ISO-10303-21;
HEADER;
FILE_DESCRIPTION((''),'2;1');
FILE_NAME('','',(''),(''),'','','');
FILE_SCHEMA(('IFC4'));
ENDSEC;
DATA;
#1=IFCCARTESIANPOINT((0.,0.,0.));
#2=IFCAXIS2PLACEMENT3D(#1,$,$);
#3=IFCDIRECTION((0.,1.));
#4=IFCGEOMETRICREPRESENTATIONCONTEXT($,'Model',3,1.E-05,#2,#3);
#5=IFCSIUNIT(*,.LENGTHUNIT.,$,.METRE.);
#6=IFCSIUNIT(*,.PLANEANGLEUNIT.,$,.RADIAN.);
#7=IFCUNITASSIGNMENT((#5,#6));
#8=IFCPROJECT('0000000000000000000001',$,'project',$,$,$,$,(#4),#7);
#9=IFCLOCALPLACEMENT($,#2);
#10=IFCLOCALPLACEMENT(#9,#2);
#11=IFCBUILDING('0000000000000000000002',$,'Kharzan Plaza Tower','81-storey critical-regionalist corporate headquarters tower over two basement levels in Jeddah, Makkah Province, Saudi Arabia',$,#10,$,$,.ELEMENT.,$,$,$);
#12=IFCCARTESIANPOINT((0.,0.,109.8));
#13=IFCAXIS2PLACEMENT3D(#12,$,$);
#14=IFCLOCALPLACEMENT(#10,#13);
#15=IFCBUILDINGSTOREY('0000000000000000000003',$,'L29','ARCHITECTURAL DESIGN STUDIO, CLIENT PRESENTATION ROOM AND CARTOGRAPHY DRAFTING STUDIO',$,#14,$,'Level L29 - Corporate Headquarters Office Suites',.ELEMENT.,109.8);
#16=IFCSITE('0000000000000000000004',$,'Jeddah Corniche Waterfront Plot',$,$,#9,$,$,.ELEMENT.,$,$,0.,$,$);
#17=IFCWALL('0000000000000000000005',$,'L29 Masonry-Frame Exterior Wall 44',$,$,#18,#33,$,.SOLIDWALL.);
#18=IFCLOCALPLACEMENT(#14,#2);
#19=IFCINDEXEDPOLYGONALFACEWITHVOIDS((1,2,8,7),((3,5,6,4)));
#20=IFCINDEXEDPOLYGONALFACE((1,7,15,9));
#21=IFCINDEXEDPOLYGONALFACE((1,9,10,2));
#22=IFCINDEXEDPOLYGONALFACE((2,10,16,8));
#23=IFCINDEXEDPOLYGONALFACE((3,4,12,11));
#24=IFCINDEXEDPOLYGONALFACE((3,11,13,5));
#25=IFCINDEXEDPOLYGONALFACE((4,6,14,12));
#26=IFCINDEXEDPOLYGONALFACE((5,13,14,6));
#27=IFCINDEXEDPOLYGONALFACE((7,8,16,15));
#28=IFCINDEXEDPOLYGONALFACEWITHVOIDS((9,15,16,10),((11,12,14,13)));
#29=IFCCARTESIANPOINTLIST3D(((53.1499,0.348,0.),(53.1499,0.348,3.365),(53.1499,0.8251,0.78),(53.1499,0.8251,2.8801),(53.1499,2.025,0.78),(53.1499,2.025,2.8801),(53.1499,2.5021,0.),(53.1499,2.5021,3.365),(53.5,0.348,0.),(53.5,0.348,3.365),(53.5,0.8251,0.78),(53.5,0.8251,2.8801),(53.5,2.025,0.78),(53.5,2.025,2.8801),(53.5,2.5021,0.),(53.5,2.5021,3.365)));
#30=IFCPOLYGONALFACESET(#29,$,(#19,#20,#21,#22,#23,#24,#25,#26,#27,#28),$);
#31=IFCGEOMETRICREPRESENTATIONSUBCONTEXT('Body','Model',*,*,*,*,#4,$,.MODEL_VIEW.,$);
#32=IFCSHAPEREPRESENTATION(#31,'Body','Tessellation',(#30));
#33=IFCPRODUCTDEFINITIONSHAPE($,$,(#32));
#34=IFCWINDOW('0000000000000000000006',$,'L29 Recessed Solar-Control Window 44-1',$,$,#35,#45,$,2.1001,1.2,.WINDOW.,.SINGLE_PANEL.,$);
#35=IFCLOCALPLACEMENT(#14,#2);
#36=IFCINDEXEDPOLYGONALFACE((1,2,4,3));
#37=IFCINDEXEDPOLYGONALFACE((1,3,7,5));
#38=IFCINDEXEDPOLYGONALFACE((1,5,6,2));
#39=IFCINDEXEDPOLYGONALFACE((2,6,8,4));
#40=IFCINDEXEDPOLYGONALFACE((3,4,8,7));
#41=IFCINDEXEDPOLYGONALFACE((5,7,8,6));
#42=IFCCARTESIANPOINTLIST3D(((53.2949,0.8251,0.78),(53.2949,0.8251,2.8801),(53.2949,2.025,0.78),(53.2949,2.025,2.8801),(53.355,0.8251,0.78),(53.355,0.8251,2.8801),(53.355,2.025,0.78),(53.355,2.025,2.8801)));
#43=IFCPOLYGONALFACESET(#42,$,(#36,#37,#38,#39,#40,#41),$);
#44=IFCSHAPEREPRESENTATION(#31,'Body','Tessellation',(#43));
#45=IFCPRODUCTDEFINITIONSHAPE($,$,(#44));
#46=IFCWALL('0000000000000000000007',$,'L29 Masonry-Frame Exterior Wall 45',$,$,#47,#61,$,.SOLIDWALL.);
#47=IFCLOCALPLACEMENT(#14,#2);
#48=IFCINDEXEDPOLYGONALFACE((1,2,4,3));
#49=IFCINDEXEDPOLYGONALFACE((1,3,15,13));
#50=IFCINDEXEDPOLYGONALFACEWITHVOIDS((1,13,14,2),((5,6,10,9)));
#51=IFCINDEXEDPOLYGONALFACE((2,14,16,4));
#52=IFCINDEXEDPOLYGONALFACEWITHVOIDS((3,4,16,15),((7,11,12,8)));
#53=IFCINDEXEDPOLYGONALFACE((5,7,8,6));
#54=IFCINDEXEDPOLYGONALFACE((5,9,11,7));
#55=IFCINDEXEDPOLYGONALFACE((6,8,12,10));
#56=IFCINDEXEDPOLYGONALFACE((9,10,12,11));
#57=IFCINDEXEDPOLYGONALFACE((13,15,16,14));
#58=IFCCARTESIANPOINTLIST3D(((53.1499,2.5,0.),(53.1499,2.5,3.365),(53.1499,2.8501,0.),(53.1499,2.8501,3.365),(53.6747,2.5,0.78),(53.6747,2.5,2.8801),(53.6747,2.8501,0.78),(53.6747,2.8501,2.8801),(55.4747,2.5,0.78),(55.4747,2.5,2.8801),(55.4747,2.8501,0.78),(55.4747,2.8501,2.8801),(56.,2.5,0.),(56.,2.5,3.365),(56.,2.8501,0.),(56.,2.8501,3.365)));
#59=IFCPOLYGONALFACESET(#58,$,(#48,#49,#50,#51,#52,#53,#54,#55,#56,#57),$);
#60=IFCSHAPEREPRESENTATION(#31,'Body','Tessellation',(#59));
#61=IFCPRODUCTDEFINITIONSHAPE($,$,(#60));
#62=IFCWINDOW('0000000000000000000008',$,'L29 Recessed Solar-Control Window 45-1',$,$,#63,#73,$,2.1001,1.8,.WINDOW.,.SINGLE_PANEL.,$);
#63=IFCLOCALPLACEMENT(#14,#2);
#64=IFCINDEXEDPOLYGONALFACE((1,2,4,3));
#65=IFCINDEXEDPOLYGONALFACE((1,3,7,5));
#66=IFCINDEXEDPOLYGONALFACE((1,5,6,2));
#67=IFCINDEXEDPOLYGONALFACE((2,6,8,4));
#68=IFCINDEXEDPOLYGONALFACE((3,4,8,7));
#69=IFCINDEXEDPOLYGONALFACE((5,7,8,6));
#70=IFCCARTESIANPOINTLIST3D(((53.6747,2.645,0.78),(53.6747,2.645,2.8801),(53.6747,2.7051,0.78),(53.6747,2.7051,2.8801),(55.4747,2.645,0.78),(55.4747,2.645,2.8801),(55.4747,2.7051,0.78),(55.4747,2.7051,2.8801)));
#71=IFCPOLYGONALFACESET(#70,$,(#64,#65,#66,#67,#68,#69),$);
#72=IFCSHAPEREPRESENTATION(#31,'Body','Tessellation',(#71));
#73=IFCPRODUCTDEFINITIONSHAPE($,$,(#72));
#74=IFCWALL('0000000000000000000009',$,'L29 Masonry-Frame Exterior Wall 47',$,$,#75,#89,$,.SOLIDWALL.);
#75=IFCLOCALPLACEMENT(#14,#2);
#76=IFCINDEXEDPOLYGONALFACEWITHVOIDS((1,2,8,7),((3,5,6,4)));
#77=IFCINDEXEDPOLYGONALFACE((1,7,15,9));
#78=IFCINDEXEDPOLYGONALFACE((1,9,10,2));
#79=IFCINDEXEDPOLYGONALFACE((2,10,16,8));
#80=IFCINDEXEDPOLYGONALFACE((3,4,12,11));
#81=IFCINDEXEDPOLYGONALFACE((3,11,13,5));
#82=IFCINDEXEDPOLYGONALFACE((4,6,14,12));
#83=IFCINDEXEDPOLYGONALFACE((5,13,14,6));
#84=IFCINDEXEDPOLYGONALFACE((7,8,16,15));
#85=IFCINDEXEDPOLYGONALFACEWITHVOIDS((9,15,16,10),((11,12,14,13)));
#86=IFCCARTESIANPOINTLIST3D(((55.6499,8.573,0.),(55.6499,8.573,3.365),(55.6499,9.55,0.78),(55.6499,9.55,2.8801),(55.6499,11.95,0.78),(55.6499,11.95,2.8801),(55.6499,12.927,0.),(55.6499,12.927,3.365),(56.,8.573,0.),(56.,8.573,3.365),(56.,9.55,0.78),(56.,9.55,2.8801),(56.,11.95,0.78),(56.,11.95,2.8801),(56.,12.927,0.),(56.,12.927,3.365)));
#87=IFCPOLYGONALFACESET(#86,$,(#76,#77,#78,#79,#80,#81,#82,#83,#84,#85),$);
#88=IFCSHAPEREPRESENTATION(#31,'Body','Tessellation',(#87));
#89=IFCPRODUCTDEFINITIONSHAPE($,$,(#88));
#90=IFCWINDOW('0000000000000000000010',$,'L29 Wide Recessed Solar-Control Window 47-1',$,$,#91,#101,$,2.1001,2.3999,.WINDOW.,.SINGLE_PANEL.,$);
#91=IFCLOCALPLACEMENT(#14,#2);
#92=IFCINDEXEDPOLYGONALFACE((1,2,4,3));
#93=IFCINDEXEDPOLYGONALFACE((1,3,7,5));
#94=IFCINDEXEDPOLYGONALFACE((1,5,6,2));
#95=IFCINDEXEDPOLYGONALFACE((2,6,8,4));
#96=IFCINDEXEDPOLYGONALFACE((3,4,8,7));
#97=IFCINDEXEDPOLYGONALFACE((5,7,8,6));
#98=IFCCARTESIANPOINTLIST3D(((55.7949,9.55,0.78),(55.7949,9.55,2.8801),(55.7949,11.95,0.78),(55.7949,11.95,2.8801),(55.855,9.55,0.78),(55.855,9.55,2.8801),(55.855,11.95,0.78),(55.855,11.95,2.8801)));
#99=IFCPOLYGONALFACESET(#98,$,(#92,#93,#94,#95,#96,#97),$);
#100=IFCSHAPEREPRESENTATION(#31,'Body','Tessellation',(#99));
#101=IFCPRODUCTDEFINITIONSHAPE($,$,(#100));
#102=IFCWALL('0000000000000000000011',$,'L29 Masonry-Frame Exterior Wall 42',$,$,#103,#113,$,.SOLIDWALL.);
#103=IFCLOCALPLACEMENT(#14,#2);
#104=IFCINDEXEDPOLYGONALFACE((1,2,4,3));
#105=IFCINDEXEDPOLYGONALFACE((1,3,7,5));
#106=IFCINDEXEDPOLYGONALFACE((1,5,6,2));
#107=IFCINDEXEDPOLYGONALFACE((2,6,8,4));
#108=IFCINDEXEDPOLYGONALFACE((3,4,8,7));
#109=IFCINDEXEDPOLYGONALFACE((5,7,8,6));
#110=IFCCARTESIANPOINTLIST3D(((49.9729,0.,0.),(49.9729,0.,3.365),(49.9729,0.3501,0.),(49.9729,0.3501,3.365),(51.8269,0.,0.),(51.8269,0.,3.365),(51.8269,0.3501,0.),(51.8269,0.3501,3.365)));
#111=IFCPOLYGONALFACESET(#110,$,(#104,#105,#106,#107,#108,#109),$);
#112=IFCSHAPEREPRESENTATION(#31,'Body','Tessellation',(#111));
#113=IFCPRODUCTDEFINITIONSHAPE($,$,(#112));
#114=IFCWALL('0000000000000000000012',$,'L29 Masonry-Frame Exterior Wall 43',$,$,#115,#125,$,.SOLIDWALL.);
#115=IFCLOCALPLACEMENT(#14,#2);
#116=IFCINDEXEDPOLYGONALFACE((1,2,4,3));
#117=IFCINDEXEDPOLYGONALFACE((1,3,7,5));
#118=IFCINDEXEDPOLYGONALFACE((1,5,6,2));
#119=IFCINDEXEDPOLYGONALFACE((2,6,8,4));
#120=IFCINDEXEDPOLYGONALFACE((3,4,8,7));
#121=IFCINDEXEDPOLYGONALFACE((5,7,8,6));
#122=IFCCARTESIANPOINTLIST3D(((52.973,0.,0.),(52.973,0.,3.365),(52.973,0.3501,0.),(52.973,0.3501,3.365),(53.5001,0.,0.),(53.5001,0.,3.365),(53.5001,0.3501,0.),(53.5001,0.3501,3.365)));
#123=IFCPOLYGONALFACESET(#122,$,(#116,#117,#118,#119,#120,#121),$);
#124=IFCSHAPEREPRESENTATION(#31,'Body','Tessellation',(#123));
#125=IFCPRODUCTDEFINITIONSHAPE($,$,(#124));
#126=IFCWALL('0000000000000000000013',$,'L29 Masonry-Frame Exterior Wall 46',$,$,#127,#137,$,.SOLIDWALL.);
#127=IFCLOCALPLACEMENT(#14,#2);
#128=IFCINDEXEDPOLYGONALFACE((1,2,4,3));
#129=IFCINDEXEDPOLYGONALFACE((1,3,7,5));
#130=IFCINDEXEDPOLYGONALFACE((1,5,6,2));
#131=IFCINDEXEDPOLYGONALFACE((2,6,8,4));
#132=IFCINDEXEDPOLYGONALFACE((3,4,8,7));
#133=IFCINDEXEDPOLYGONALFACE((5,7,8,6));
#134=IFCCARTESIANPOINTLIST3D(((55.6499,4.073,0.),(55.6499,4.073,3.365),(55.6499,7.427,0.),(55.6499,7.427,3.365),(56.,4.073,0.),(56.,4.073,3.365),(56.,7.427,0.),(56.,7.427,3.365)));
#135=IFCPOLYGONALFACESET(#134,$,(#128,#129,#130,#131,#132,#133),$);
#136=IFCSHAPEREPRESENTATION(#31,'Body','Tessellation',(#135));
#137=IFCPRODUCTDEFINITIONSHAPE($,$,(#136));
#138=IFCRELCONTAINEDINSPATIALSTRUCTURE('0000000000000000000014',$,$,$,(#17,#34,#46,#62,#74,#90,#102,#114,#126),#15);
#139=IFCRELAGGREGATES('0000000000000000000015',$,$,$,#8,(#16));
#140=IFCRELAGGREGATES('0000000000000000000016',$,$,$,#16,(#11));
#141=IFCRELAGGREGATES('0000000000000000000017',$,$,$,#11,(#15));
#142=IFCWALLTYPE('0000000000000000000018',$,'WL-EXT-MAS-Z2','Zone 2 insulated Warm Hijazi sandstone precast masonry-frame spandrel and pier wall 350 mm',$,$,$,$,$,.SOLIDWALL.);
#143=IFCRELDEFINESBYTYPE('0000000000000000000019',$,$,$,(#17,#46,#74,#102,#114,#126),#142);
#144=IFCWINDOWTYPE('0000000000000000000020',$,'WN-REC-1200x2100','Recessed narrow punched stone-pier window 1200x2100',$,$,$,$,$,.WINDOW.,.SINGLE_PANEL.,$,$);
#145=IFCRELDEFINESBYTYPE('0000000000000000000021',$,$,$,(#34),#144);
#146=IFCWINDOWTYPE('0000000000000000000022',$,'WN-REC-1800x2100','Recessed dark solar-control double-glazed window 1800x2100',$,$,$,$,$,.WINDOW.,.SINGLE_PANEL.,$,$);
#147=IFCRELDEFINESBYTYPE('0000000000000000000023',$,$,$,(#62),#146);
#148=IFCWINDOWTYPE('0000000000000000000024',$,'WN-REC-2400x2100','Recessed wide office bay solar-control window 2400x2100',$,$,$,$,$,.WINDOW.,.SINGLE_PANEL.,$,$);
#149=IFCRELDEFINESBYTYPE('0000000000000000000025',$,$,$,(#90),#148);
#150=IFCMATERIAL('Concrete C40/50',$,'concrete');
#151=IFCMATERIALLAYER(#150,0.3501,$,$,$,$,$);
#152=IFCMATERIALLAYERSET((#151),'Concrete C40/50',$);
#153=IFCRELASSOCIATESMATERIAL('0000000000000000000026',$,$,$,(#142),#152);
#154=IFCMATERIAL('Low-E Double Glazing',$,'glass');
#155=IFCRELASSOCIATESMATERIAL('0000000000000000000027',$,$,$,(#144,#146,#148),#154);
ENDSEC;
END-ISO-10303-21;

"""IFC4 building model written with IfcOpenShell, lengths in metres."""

from ifc_helpers import new_model, si_unit, direction, frame, frame_2d, origin, place, context, subcontext, project, spatial, rectangle, extrude, source, transform, mapped, material, layer, layer_set, type_object, element, fill, save


model = new_model("IFC4")

# Units and contexts
model_context = context("Model", 3, precision=1e-05, world=origin(), true_north=direction((0.0, 1.0)))
body_context = subcontext(model_context, "Body", "Model", "MODEL_VIEW")
ifc_project = project(units=[si_unit("LENGTHUNIT", "METRE"), si_unit("PLANEANGLEUNIT", "RADIAN")], contexts=[model_context])

# Site, building, storey
site_placement = place(None, origin())
site = spatial("IfcSite", under=ifc_project, at=site_placement, Name="Jeddah Corniche Waterfront Plot", CompositionType="ELEMENT", RefElevation=0.0)
building_placement = place(site_placement, origin())
building = spatial("IfcBuilding", under=site, at=building_placement, Name="Kharzan Plaza Tower", Description="81-storey critical-regionalist corporate headquarters tower over two basement levels in Jeddah, Makkah Province, Saudi Arabia", CompositionType="ELEMENT")
storey_placement = place(building_placement, frame((0.0, 0.0, 109.8)))
storey = spatial("IfcBuildingStorey", under=building, at=storey_placement, Name="L29", Description="ARCHITECTURAL DESIGN STUDIO, CLIENT PRESENTATION ROOM AND CARTOGRAPHY DRAFTING STUDIO", LongName="Level L29 - Corporate Headquarters Office Suites", CompositionType="ELEMENT", Elevation=109.8)

# Walls, openings, windows
ifc_material_1 = material(Name="Concrete C40/50", Category="concrete")
ifc_layer = layer(ifc_material_1, 0.3501)
ifc_layer_set = layer_set([ifc_layer], Name="Concrete C40/50")
wall_type = type_object("IfcWallType", Name="WL-EXT-MAS-Z2", Description="Zone 2 insulated Warm Hijazi sandstone precast masonry-frame spandrel and pier wall 350 mm", PredefinedType="SOLIDWALL", material=ifc_layer_set)
wall_1_placement = place(storey_placement, frame((53.325, 0.3479, 0.0), z_axis=(0.0, 0.0, 1.0), x_axis=(0.0, 1.0, 0.0)))
wall_1 = element("IfcWall", 1, at=wall_1_placement, inside=storey, type_object=wall_type, Name="L29 Masonry-Frame Exterior Wall 44", PredefinedType="SOLIDWALL", context=body_context, shape_type="SweptSolid", body=[
    extrude(rectangle(XDim=2.1541, YDim=0.3501, at=frame_2d((1.0771, 0.0))), origin(), (0.0, 0.0, 1.0), 3.365),
])
opening_1_placement = place(wall_1_placement, frame((0.4771, 0.0, 0.78)))
opening_1 = element("IfcOpeningElement", 2, at=opening_1_placement, cuts=wall_1, PredefinedType="OPENING", context=body_context, shape_type="SweptSolid", body=[
    extrude(rectangle(XDim=1.2, YDim=2.1001, at=frame_2d((0.6001, 1.05))), frame((0.0, 0.1851, 0.0), z_axis=(0.0, -1.0, 0.0), x_axis=(1.0, 0.0, 0.0)), (0.0, 0.0, 1.0), 0.3701),
])
ifc_material_2 = material(Name="Low-E Double Glazing", Category="glass")
window_type_1 = type_object("IfcWindowType", Name="WN-REC-1200x2100", Description="Recessed narrow punched stone-pier window 1200x2100", PartitioningType="SINGLE_PANEL", PredefinedType="WINDOW", material=ifc_material_2)
shared_shape_1 = source(origin(), body_context, "Body", "SweptSolid", [
    extrude(rectangle(XDim=1.2, YDim=2.1001, at=frame_2d((0.6001, 1.05))), frame((0.0, 0.03, 0.0), z_axis=(0.0, -1.0, 0.0), x_axis=(1.0, 0.0, 0.0)), (0.0, 0.0, 1.0), 0.0601),
])
window_1_placement = place(opening_1_placement, origin())
window_1 = element("IfcWindow", 3, at=window_1_placement, inside=storey, type_object=window_type_1, Name="L29 Recessed Solar-Control Window 44-1", OverallHeight=2.1001, OverallWidth=1.2, PartitioningType="SINGLE_PANEL", PredefinedType="WINDOW", context=body_context, shape_type="MappedRepresentation", body=[
    mapped(shared_shape_1, transform((0.0, 0.0, 0.0), x_axis=(1.0, 0.0, 0.0), y_axis=(0.0, 1.0, 0.0), z_axis=(0.0, 0.0, 1.0))),
])
fill(opening_1, window_1)
wall_2_placement = place(storey_placement, frame((53.1499, 2.675, 0.0), z_axis=(0.0, 0.0, 1.0), x_axis=(1.0, 0.0, 0.0)))
wall_2 = element("IfcWall", 4, at=wall_2_placement, inside=storey, type_object=wall_type, Name="L29 Masonry-Frame Exterior Wall 45", PredefinedType="SOLIDWALL", context=body_context, shape_type="SweptSolid", body=[
    extrude(rectangle(XDim=2.8501, YDim=0.3501, at=frame_2d((1.425, 0.0))), origin(), (0.0, 0.0, 1.0), 3.365),
])
opening_2_placement = place(wall_2_placement, frame((0.5249, 0.0, 0.78)))
opening_2 = element("IfcOpeningElement", 5, at=opening_2_placement, cuts=wall_2, PredefinedType="OPENING", context=body_context, shape_type="SweptSolid", body=[
    extrude(rectangle(XDim=1.8, YDim=2.1001, at=frame_2d((0.8999, 1.05))), frame((0.0, 0.1851, 0.0), z_axis=(0.0, -1.0, 0.0), x_axis=(1.0, 0.0, 0.0)), (0.0, 0.0, 1.0), 0.3701),
])
window_type_2 = type_object("IfcWindowType", Name="WN-REC-1800x2100", Description="Recessed dark solar-control double-glazed window 1800x2100", PartitioningType="SINGLE_PANEL", PredefinedType="WINDOW", material=ifc_material_2)
shared_shape_2 = source(origin(), body_context, "Body", "SweptSolid", [
    extrude(rectangle(XDim=1.8, YDim=2.1001, at=frame_2d((0.8999, 1.05))), frame((0.0, 0.03, 0.0), z_axis=(0.0, -1.0, 0.0), x_axis=(1.0, 0.0, 0.0)), (0.0, 0.0, 1.0), 0.0601),
])
window_2_placement = place(opening_2_placement, origin())
window_2 = element("IfcWindow", 6, at=window_2_placement, inside=storey, type_object=window_type_2, Name="L29 Recessed Solar-Control Window 45-1", OverallHeight=2.1001, OverallWidth=1.8, PartitioningType="SINGLE_PANEL", PredefinedType="WINDOW", context=body_context, shape_type="MappedRepresentation", body=[
    mapped(shared_shape_2, transform((0.0, 0.0, 0.0), x_axis=(1.0, 0.0, 0.0), y_axis=(0.0, 1.0, 0.0), z_axis=(0.0, 0.0, 1.0))),
])
fill(opening_2, window_2)
wall_3_placement = place(storey_placement, frame((55.825, 8.573, 0.0), z_axis=(0.0, 0.0, 1.0), x_axis=(0.0, 1.0, 0.0)))
wall_3 = element("IfcWall", 7, at=wall_3_placement, inside=storey, type_object=wall_type, Name="L29 Masonry-Frame Exterior Wall 47", PredefinedType="SOLIDWALL", context=body_context, shape_type="SweptSolid", body=[
    extrude(rectangle(XDim=4.354, YDim=0.3501, at=frame_2d((2.177, 0.0))), origin(), (0.0, 0.0, 1.0), 3.365),
])
opening_3_placement = place(wall_3_placement, frame((0.9771, 0.0, 0.78)))
opening_3 = element("IfcOpeningElement", 8, at=opening_3_placement, cuts=wall_3, PredefinedType="OPENING", context=body_context, shape_type="SweptSolid", body=[
    extrude(rectangle(XDim=2.3999, YDim=2.1001, at=frame_2d((1.2, 1.05))), frame((0.0, 0.1851, 0.0), z_axis=(0.0, -1.0, 0.0), x_axis=(1.0, 0.0, 0.0)), (0.0, 0.0, 1.0), 0.3701),
])
window_type_3 = type_object("IfcWindowType", Name="WN-REC-2400x2100", Description="Recessed wide office bay solar-control window 2400x2100", PartitioningType="SINGLE_PANEL", PredefinedType="WINDOW", material=ifc_material_2)
shared_shape_3 = source(origin(), body_context, "Body", "SweptSolid", [
    extrude(rectangle(XDim=2.3999, YDim=2.1001, at=frame_2d((1.2, 1.05))), frame((0.0, 0.03, 0.0), z_axis=(0.0, -1.0, 0.0), x_axis=(1.0, 0.0, 0.0)), (0.0, 0.0, 1.0), 0.0601),
])
window_3_placement = place(opening_3_placement, origin())
window_3 = element("IfcWindow", 9, at=window_3_placement, inside=storey, type_object=window_type_3, Name="L29 Wide Recessed Solar-Control Window 47-1", OverallHeight=2.1001, OverallWidth=2.3999, PartitioningType="SINGLE_PANEL", PredefinedType="WINDOW", context=body_context, shape_type="MappedRepresentation", body=[
    mapped(shared_shape_3, transform((0.0, 0.0, 0.0), x_axis=(1.0, 0.0, 0.0), y_axis=(0.0, 1.0, 0.0), z_axis=(0.0, 0.0, 1.0))),
])
fill(opening_3, window_3)

# Walls
shared_shape_4 = source(origin(), body_context, "Body", "SweptSolid", [
    extrude(rectangle(XDim=1.854, YDim=0.3501, at=frame_2d((0.927, 0.0))), origin(), (0.0, 0.0, 1.0), 3.365),
])
wall_4_placement = place(storey_placement, frame((49.9729, 0.175, 0.0), z_axis=(0.0, 0.0, 1.0), x_axis=(1.0, 0.0, 0.0)))
element("IfcWall", 10, at=wall_4_placement, inside=storey, type_object=wall_type, Name="L29 Masonry-Frame Exterior Wall 42", PredefinedType="SOLIDWALL", context=body_context, shape_type="MappedRepresentation", body=[
    mapped(shared_shape_4, transform((0.0, 0.0, 0.0), x_axis=(1.0, 0.0, 0.0), y_axis=(0.0, 1.0, 0.0), z_axis=(0.0, 0.0, 1.0))),
])
shared_shape_5 = source(origin(), body_context, "Body", "SweptSolid", [
    extrude(rectangle(XDim=0.5271, YDim=0.3501, at=frame_2d((0.2637, 0.0))), origin(), (0.0, 0.0, 1.0), 3.365),
])
wall_5_placement = place(storey_placement, frame((52.9729, 0.175, 0.0), z_axis=(0.0, 0.0, 1.0), x_axis=(1.0, 0.0, 0.0)))
element("IfcWall", 11, at=wall_5_placement, inside=storey, type_object=wall_type, Name="L29 Masonry-Frame Exterior Wall 43", PredefinedType="SOLIDWALL", context=body_context, shape_type="MappedRepresentation", body=[
    mapped(shared_shape_5, transform((0.0, 0.0, 0.0), x_axis=(1.0, 0.0, 0.0), y_axis=(0.0, 1.0, 0.0), z_axis=(0.0, 0.0, 1.0))),
])
shared_shape_6 = source(origin(), body_context, "Body", "SweptSolid", [
    extrude(rectangle(XDim=3.354, YDim=0.3501, at=frame_2d((1.677, 0.0))), origin(), (0.0, 0.0, 1.0), 3.365),
])
wall_6_placement = place(storey_placement, frame((55.825, 4.073, 0.0), z_axis=(0.0, 0.0, 1.0), x_axis=(0.0, 1.0, 0.0)))
element("IfcWall", 12, at=wall_6_placement, inside=storey, type_object=wall_type, Name="L29 Masonry-Frame Exterior Wall 46", PredefinedType="SOLIDWALL", context=body_context, shape_type="MappedRepresentation", body=[
    mapped(shared_shape_6, transform((0.0, 0.0, 0.0), x_axis=(1.0, 0.0, 0.0), y_axis=(0.0, 1.0, 0.0), z_axis=(0.0, 0.0, 1.0))),
])

save(model, "model.ifc")
